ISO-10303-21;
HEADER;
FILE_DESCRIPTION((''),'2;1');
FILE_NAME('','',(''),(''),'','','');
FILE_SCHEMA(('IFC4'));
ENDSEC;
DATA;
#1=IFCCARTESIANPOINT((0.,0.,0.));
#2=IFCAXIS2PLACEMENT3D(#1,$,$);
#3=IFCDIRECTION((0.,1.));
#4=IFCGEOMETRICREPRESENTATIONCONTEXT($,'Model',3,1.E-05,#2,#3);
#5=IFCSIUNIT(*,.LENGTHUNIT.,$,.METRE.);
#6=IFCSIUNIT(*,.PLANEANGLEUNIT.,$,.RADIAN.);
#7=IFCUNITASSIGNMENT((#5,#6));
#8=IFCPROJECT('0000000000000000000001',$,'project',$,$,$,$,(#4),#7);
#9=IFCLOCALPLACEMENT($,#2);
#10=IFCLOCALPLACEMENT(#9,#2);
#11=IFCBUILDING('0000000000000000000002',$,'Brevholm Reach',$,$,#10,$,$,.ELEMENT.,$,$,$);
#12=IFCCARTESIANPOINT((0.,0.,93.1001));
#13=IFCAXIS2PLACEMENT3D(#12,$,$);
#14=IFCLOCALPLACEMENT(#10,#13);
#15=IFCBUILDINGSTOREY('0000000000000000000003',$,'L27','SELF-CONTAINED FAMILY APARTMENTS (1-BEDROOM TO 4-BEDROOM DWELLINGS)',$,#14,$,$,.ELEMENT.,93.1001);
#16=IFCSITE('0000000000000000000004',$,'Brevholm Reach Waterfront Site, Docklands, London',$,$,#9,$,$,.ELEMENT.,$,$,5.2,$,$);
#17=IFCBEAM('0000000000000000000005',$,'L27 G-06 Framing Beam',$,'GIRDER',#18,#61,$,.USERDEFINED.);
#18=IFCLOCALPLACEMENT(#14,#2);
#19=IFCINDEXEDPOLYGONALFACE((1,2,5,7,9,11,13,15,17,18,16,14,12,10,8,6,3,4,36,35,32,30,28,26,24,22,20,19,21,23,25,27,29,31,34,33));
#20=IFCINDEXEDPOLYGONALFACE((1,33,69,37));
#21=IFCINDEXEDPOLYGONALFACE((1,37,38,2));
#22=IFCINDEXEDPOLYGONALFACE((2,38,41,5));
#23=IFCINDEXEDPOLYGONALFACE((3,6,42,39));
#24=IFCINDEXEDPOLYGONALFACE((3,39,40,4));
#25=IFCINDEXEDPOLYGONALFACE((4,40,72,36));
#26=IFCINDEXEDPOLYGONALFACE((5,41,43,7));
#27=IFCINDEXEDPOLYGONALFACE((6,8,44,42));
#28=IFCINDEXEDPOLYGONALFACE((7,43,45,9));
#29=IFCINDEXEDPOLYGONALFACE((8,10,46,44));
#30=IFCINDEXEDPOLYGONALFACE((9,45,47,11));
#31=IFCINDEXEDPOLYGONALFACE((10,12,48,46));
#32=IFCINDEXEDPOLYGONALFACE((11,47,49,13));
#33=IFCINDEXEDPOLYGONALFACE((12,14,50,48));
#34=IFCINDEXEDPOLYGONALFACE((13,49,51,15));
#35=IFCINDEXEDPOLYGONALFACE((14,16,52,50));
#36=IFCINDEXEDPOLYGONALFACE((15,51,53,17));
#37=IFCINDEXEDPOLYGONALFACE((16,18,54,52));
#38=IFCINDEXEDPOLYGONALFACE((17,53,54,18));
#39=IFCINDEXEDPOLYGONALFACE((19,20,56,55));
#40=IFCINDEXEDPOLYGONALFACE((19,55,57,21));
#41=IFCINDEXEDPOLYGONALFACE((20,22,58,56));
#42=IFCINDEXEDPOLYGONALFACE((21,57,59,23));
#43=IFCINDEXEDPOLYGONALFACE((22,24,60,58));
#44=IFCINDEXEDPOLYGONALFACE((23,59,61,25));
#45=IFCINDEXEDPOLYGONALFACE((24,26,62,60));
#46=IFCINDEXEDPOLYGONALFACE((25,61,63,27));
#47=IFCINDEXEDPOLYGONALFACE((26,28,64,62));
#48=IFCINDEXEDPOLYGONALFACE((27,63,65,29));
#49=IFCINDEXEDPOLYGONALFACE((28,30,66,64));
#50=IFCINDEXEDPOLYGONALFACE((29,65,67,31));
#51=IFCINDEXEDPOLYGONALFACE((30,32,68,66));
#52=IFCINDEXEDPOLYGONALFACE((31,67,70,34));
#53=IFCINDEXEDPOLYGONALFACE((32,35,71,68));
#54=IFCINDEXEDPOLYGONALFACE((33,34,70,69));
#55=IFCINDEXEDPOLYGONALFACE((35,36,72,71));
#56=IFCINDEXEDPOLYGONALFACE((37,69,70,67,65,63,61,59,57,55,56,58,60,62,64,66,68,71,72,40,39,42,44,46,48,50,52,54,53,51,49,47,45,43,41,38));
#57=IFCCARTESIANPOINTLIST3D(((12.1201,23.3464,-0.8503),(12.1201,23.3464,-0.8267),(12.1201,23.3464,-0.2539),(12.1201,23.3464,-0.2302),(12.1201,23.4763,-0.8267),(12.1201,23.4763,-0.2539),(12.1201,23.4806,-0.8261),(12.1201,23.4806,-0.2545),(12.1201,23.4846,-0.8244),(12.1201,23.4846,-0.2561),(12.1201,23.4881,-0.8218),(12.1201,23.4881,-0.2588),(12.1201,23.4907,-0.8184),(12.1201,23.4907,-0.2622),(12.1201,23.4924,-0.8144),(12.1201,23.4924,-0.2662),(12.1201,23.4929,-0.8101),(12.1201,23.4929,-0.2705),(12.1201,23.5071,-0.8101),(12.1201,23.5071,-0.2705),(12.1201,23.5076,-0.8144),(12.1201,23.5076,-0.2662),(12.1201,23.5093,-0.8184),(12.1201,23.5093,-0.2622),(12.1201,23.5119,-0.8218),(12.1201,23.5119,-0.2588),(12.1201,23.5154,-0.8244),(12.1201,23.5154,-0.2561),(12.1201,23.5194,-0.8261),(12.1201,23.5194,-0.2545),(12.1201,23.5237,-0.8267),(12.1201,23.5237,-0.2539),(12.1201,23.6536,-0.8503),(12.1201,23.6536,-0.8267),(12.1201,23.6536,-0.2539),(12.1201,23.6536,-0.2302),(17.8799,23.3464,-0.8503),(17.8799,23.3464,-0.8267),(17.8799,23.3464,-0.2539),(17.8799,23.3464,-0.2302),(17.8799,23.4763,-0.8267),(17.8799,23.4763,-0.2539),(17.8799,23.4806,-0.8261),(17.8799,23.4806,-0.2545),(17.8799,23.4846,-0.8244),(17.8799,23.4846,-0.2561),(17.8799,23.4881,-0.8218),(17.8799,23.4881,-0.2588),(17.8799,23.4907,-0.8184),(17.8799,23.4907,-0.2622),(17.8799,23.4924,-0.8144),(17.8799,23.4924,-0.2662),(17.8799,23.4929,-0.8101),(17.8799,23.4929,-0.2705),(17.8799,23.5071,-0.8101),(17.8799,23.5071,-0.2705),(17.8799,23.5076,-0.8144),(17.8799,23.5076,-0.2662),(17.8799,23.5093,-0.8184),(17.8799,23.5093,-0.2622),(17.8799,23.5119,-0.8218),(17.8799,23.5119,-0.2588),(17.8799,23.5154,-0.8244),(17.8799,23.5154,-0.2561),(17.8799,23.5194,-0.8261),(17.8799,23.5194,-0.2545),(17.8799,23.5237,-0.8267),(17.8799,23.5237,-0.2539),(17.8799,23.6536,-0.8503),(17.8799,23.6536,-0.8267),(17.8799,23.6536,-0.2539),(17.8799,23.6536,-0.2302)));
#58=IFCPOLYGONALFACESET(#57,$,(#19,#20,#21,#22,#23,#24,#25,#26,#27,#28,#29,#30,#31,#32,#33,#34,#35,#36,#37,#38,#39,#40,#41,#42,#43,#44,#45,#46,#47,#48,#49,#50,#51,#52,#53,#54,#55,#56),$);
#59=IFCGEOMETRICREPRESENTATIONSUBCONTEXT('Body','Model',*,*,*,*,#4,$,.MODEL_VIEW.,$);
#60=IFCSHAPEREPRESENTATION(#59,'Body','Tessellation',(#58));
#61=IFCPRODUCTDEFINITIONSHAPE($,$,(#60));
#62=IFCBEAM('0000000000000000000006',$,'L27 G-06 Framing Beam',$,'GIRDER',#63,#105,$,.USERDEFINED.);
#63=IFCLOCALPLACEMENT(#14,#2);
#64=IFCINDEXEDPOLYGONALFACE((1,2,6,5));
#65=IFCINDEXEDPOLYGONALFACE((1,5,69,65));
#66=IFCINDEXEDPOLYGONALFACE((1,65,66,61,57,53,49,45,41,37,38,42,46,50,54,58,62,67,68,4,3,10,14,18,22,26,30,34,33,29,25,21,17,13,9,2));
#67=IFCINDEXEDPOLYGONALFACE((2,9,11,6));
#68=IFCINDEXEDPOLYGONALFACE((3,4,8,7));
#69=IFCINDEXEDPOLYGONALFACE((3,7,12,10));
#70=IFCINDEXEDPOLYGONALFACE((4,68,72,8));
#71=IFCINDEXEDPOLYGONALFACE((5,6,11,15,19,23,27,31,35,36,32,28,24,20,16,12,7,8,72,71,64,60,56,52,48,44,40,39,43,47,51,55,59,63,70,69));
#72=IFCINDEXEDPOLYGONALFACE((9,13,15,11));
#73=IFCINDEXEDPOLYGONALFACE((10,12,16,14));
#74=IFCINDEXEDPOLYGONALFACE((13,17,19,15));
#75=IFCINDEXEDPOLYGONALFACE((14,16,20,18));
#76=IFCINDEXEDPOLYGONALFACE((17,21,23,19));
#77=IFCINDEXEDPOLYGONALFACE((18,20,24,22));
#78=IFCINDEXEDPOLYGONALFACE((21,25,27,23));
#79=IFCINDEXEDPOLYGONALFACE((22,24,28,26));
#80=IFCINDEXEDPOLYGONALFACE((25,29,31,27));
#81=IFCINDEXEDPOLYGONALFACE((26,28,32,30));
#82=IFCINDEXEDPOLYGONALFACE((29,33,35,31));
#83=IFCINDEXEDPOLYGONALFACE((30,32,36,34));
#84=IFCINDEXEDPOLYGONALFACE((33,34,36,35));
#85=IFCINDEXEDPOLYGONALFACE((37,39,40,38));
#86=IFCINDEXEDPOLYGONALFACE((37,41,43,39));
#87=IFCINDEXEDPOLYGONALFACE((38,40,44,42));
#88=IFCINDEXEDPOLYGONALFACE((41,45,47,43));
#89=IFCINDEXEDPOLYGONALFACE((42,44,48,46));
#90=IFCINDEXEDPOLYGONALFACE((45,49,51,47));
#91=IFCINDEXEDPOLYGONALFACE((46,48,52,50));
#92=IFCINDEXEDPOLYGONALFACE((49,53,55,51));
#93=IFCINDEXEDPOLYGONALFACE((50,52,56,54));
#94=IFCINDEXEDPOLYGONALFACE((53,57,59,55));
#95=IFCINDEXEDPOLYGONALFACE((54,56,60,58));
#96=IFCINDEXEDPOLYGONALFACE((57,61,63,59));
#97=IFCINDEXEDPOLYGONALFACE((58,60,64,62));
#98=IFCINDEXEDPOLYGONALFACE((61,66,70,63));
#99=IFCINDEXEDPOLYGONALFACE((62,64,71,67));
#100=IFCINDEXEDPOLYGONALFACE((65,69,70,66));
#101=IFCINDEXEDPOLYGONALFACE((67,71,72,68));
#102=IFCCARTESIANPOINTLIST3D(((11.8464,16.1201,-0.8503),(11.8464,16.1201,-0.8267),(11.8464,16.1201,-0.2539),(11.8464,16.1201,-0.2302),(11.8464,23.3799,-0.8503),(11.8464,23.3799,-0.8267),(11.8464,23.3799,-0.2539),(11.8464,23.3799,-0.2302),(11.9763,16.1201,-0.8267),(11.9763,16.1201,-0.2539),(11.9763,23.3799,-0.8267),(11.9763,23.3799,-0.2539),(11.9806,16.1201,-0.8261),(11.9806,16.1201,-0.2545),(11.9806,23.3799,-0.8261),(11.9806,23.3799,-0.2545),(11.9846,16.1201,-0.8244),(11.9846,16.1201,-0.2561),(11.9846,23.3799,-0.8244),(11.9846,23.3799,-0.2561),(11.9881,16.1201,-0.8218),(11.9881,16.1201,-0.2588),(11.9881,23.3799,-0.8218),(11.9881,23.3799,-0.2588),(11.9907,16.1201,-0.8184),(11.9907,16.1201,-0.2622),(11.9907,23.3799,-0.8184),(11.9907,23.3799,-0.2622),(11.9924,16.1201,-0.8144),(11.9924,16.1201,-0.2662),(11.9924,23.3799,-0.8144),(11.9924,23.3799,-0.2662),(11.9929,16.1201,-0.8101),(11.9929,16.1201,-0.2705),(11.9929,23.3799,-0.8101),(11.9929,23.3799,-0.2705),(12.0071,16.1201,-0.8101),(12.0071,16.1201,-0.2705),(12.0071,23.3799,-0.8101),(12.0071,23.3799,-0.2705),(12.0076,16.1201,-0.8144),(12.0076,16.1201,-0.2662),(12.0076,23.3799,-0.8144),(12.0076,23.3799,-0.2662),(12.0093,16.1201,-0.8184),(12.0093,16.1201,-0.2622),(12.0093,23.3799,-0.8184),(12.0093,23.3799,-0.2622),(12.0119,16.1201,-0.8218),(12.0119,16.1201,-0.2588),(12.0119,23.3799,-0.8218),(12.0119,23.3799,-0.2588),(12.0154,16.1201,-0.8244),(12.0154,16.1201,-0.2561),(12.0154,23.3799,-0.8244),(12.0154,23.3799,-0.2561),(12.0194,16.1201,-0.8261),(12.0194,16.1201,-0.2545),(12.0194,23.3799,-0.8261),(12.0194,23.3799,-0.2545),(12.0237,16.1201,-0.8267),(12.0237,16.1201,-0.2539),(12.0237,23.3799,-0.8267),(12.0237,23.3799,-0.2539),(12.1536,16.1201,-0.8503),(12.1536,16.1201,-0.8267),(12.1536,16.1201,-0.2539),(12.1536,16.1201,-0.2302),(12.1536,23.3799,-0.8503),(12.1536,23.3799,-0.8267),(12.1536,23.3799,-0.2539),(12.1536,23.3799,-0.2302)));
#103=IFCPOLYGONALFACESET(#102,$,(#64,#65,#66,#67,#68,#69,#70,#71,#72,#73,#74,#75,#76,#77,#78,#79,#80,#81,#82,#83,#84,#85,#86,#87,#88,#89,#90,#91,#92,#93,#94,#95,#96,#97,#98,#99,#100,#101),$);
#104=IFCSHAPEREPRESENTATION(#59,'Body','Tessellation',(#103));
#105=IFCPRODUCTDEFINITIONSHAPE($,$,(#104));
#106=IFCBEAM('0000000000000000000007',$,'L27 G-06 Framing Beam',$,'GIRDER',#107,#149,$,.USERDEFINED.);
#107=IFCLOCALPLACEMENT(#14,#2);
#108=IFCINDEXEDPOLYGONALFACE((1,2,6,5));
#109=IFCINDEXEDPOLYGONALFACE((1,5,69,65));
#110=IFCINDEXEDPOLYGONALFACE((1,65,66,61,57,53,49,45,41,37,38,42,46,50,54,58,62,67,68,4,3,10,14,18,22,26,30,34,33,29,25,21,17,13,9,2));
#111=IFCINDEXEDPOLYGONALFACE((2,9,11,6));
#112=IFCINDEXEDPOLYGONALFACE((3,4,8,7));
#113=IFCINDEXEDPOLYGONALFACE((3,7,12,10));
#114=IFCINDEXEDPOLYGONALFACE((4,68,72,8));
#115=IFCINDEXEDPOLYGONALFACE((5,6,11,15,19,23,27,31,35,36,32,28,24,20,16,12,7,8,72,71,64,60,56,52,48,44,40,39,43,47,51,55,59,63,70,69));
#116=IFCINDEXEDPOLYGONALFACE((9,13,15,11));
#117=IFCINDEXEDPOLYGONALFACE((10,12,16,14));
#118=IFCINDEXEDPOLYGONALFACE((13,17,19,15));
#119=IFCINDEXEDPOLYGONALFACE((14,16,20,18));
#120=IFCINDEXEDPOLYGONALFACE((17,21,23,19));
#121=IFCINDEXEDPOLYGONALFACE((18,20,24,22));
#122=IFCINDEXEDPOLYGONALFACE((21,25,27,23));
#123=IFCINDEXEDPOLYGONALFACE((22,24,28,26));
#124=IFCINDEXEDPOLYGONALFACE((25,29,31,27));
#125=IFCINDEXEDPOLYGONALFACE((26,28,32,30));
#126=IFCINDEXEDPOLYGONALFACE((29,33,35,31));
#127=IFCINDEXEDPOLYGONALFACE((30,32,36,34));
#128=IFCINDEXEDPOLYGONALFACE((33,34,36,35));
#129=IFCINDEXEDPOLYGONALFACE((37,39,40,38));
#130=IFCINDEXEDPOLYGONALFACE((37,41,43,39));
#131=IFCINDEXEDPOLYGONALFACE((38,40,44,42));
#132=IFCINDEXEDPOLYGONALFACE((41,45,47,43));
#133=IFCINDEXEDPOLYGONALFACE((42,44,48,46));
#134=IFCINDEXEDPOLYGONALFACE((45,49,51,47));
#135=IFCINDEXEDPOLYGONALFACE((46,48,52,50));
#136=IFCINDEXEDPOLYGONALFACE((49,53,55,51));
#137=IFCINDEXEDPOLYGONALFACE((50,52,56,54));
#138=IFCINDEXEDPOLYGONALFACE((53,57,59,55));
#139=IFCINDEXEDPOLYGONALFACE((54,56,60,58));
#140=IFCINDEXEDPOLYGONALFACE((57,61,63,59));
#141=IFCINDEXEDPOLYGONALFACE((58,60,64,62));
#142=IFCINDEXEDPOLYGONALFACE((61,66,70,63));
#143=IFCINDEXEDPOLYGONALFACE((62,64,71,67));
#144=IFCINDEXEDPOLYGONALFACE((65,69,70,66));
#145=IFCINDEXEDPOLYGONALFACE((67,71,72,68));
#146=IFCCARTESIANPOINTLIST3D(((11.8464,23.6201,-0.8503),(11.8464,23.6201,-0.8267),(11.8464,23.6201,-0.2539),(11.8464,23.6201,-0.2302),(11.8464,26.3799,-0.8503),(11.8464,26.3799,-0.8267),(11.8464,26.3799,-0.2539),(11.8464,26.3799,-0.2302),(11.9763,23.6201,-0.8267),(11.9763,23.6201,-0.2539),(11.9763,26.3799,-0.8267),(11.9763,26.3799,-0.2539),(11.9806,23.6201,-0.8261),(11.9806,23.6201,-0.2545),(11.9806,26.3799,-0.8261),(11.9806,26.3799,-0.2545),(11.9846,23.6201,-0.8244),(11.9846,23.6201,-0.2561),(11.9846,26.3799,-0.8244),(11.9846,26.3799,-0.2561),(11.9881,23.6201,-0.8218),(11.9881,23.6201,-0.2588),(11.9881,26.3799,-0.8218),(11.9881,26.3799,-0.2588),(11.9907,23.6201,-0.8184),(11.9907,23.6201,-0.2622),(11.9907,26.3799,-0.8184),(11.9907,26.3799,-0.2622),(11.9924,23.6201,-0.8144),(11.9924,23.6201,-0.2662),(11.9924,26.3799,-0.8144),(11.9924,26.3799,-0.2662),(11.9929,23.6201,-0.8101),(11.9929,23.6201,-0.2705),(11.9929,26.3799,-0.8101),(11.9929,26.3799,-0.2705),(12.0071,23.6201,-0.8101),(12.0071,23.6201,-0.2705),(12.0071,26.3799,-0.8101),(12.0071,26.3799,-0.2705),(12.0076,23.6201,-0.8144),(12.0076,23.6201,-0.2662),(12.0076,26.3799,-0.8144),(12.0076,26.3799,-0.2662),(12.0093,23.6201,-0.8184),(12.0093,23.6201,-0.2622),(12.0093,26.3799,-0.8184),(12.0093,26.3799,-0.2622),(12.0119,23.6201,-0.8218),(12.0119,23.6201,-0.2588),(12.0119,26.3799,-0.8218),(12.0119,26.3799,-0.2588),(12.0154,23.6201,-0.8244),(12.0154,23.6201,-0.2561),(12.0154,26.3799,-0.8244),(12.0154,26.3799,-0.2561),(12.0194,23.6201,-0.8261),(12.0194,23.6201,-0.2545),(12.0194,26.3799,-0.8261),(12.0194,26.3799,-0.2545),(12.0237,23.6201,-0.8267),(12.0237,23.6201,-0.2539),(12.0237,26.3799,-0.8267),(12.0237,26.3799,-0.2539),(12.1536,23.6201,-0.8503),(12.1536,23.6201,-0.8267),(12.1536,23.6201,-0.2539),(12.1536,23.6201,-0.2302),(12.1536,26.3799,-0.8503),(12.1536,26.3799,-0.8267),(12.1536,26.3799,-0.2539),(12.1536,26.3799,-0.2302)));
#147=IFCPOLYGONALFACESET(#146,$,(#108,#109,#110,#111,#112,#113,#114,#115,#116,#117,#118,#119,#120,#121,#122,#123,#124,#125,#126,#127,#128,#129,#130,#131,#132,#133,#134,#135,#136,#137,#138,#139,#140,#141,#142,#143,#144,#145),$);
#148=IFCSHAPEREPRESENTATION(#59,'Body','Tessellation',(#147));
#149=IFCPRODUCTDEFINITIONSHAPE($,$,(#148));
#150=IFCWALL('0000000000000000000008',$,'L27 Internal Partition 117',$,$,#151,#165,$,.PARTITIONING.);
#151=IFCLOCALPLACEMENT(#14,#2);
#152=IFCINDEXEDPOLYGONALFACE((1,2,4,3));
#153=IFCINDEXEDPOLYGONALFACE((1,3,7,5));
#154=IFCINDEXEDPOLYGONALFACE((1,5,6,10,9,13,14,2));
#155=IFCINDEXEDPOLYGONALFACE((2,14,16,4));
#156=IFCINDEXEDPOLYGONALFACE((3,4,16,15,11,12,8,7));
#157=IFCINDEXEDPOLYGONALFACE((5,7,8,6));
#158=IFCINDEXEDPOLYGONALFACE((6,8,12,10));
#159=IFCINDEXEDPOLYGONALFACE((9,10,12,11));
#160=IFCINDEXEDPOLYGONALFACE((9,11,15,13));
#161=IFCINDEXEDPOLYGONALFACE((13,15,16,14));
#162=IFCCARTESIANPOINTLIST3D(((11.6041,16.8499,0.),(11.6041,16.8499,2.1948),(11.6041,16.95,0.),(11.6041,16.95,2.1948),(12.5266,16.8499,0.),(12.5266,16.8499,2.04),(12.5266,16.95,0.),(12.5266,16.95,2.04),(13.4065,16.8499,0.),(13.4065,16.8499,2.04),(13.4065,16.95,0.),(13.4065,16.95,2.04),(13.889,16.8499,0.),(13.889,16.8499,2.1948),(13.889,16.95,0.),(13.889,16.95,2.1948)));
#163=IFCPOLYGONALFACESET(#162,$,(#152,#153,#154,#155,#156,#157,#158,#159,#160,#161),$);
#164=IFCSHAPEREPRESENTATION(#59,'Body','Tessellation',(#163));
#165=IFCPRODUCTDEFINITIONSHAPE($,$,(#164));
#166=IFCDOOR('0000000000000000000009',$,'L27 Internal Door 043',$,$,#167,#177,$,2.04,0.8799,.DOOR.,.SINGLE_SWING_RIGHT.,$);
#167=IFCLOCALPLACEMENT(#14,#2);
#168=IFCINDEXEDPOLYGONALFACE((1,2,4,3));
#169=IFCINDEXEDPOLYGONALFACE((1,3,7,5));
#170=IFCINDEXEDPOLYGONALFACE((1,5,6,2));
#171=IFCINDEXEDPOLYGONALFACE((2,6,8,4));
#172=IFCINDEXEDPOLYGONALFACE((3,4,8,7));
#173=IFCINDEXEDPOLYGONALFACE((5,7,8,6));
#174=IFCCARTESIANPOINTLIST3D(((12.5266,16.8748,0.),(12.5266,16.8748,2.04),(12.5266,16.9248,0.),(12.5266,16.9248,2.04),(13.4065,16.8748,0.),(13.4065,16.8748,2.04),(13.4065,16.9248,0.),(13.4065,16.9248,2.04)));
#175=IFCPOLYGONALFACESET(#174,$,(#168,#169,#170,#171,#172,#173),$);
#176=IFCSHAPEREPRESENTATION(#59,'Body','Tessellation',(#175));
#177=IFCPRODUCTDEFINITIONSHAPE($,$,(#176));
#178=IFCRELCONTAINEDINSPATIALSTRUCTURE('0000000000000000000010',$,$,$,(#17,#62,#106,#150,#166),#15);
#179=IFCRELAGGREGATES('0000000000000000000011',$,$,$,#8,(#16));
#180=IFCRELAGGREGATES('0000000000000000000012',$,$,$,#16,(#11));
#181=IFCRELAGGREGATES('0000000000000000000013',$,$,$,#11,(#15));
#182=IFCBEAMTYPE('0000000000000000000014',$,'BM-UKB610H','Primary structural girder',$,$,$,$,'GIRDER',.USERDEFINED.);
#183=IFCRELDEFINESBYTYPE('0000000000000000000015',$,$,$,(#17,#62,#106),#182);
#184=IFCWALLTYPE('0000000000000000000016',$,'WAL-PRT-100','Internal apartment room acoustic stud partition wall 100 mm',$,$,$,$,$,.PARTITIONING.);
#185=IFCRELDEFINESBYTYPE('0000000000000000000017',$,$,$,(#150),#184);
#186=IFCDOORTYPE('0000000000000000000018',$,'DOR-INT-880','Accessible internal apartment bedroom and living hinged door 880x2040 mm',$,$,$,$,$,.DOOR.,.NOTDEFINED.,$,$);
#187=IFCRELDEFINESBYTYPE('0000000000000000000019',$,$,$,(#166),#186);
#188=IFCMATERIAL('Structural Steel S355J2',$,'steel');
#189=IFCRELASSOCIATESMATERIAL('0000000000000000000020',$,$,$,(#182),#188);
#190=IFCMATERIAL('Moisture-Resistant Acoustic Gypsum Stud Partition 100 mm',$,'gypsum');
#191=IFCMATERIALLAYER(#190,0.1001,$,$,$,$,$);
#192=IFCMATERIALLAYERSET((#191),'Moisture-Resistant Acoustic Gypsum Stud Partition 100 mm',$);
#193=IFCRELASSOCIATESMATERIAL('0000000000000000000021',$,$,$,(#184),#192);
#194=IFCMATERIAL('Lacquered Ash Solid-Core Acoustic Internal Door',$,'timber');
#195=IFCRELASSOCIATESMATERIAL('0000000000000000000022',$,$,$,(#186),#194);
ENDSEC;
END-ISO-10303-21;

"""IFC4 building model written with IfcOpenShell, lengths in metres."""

from ifc_helpers import new_model, si_unit, direction, frame, frame_2d, origin, origin_2d, place, context, subcontext, project, spatial, rectangle, i_section, extrude, material, layer, layer_set, material_profile, profile_set, type_object, element, fill, save


model = new_model("IFC4")

# Units and contexts
model_context = context("Model", 3, precision=1e-05, world=origin(), true_north=direction((0.0, 1.0)))
body_context = subcontext(model_context, "Body", "Model", "MODEL_VIEW")
ifc_project = project(units=[si_unit("LENGTHUNIT", "METRE"), si_unit("PLANEANGLEUNIT", "RADIAN")], contexts=[model_context])

# Site, building, storey
site_placement = place(None, origin())
site = spatial("IfcSite", under=ifc_project, at=site_placement, Name="Brevholm Reach Waterfront Site, Docklands, London", CompositionType="ELEMENT", RefElevation=5.2)
building_placement = place(site_placement, origin())
building = spatial("IfcBuilding", under=site, at=building_placement, Name="Brevholm Reach", CompositionType="ELEMENT")
storey_placement = place(building_placement, frame((0.0, 0.0, 93.1001)))
storey = spatial("IfcBuildingStorey", under=building, at=storey_placement, Name="L27", Description="SELF-CONTAINED FAMILY APARTMENTS (1-BEDROOM TO 4-BEDROOM DWELLINGS)", CompositionType="ELEMENT", Elevation=93.1001)

# Beams
ifc_material_1 = material(Name="Structural Steel S355J2", Category="steel")
ifc_material_profile_1 = material_profile(ifc_material_1, i_section(OverallWidth=0.3071, OverallDepth=0.6201, WebThickness=0.0142, FlangeThickness=0.0237, FilletRadius=0.0166, at=origin_2d()), Name="UKB 610x305x179")
ifc_profile_set_1 = profile_set([ifc_material_profile_1], Name="Structural Steel S355J2")
beam_type_1 = type_object("IfcBeamType", Name="BM-UKB610H", Description="Primary structural girder", ElementType="GIRDER", PredefinedType="USERDEFINED", material=ifc_profile_set_1)
for number, where, z_axis, x_axis, name in (
    (1, (12.1201, 23.5, -0.5403), (1.0, 0.0, 0.0), (0.0, 1.0, 0.0), "L27 G-06 Framing Beam"),
):
    element("IfcBeam", number, at=place(storey_placement, frame(where, z_axis=z_axis, x_axis=x_axis)), inside=storey, type_object=beam_type_1, Name=name, ObjectType="GIRDER", PredefinedType="USERDEFINED", context=body_context, shape_type="SweptSolid", body=[
        extrude(i_section(OverallWidth=0.3071, OverallDepth=0.6201, WebThickness=0.0142, FlangeThickness=0.0237, FilletRadius=0.0166, at=origin_2d()), origin(), (0.0, 0.0, 1.0), 5.7598),
    ])
beam_1_placement = place(storey_placement, frame((12.0, 16.1201, -0.5403), z_axis=(0.0, 1.0, 0.0), x_axis=(-1.0, 0.0, 0.0)))
element("IfcBeam", 2, at=beam_1_placement, inside=storey, type_object=beam_type_1, Name="L27 G-06 Framing Beam", ObjectType="GIRDER", PredefinedType="USERDEFINED", context=body_context, shape_type="SweptSolid", body=[
    extrude(i_section(OverallWidth=0.3071, OverallDepth=0.6201, WebThickness=0.0142, FlangeThickness=0.0237, FilletRadius=0.0166, at=origin_2d()), origin(), (0.0, 0.0, 1.0), 7.2598),
])
beam_2_placement = place(storey_placement, frame((12.0, 23.6201, -0.5403), z_axis=(0.0, 1.0, 0.0), x_axis=(-1.0, 0.0, 0.0)))
element("IfcBeam", 3, at=beam_2_placement, inside=storey, type_object=beam_type_1, Name="L27 G-06 Framing Beam", ObjectType="GIRDER", PredefinedType="USERDEFINED", context=body_context, shape_type="SweptSolid", body=[
    extrude(i_section(OverallWidth=0.3071, OverallDepth=0.6201, WebThickness=0.0142, FlangeThickness=0.0237, FilletRadius=0.0166, at=origin_2d()), origin(), (0.0, 0.0, 1.0), 2.7598),
])

# Wall, opening, door
ifc_material_2 = material(Name="Moisture-Resistant Acoustic Gypsum Stud Partition 100 mm", Category="gypsum")
ifc_layer_1 = layer(ifc_material_2, 0.1001)
ifc_layer_set_1 = layer_set([ifc_layer_1], Name="Moisture-Resistant Acoustic Gypsum Stud Partition 100 mm")
wall_type_1 = type_object("IfcWallType", Name="WAL-PRT-100", Description="Internal apartment room acoustic stud partition wall 100 mm", PredefinedType="PARTITIONING", material=ifc_layer_set_1)
wall_1_placement = place(storey_placement, frame((11.604, 16.8999, 0.0), z_axis=(0.0, 0.0, 1.0), x_axis=(1.0, 0.0, 0.0)))
wall_1 = element("IfcWall", 4, at=wall_1_placement, inside=storey, type_object=wall_type_1, Name="L27 Internal Partition 117", PredefinedType="PARTITIONING", context=body_context, shape_type="SweptSolid", body=[
    extrude(rectangle(XDim=2.2849, YDim=0.1001, at=frame_2d((1.1426, 0.0))), origin(), (0.0, 0.0, 1.0), 2.1948),
])
opening_1_placement = place(wall_1_placement, frame((0.9226, 0.0, 0.0)))
opening_1 = element("IfcOpeningElement", 5, at=opening_1_placement, cuts=wall_1, PredefinedType="OPENING", context=body_context, shape_type="SweptSolid", body=[
    extrude(rectangle(XDim=0.8799, YDim=2.04, at=frame_2d((0.4399, 1.02))), frame((0.0, 0.0601, 0.0), z_axis=(0.0, -1.0, 0.0), x_axis=(1.0, 0.0, 0.0)), (0.0, 0.0, 1.0), 0.1201),
])
ifc_material_3 = material(Name="Lacquered Ash Solid-Core Acoustic Internal Door", Category="timber")
door_type_1 = type_object("IfcDoorType", Name="DOR-INT-880", Description="Accessible internal apartment bedroom and living hinged door 880x2040 mm", OperationType="NOTDEFINED", PredefinedType="DOOR", material=ifc_material_3)
door_1_placement = place(opening_1_placement, origin())
door_1 = element("IfcDoor", 6, at=door_1_placement, inside=storey, type_object=door_type_1, Name="L27 Internal Door 043", OperationType="SINGLE_SWING_RIGHT", OverallHeight=2.04, OverallWidth=0.8799, PredefinedType="DOOR", context=body_context, shape_type="SweptSolid", body=[
    extrude(rectangle(XDim=0.8799, YDim=2.04, at=frame_2d((0.4399, 1.02))), frame((0.0, 0.0249, 0.0), z_axis=(0.0, -1.0, 0.0), x_axis=(1.0, 0.0, 0.0)), (0.0, 0.0, 1.0), 0.05),
])
fill(opening_1, door_1)

save(model, "model.ifc")
